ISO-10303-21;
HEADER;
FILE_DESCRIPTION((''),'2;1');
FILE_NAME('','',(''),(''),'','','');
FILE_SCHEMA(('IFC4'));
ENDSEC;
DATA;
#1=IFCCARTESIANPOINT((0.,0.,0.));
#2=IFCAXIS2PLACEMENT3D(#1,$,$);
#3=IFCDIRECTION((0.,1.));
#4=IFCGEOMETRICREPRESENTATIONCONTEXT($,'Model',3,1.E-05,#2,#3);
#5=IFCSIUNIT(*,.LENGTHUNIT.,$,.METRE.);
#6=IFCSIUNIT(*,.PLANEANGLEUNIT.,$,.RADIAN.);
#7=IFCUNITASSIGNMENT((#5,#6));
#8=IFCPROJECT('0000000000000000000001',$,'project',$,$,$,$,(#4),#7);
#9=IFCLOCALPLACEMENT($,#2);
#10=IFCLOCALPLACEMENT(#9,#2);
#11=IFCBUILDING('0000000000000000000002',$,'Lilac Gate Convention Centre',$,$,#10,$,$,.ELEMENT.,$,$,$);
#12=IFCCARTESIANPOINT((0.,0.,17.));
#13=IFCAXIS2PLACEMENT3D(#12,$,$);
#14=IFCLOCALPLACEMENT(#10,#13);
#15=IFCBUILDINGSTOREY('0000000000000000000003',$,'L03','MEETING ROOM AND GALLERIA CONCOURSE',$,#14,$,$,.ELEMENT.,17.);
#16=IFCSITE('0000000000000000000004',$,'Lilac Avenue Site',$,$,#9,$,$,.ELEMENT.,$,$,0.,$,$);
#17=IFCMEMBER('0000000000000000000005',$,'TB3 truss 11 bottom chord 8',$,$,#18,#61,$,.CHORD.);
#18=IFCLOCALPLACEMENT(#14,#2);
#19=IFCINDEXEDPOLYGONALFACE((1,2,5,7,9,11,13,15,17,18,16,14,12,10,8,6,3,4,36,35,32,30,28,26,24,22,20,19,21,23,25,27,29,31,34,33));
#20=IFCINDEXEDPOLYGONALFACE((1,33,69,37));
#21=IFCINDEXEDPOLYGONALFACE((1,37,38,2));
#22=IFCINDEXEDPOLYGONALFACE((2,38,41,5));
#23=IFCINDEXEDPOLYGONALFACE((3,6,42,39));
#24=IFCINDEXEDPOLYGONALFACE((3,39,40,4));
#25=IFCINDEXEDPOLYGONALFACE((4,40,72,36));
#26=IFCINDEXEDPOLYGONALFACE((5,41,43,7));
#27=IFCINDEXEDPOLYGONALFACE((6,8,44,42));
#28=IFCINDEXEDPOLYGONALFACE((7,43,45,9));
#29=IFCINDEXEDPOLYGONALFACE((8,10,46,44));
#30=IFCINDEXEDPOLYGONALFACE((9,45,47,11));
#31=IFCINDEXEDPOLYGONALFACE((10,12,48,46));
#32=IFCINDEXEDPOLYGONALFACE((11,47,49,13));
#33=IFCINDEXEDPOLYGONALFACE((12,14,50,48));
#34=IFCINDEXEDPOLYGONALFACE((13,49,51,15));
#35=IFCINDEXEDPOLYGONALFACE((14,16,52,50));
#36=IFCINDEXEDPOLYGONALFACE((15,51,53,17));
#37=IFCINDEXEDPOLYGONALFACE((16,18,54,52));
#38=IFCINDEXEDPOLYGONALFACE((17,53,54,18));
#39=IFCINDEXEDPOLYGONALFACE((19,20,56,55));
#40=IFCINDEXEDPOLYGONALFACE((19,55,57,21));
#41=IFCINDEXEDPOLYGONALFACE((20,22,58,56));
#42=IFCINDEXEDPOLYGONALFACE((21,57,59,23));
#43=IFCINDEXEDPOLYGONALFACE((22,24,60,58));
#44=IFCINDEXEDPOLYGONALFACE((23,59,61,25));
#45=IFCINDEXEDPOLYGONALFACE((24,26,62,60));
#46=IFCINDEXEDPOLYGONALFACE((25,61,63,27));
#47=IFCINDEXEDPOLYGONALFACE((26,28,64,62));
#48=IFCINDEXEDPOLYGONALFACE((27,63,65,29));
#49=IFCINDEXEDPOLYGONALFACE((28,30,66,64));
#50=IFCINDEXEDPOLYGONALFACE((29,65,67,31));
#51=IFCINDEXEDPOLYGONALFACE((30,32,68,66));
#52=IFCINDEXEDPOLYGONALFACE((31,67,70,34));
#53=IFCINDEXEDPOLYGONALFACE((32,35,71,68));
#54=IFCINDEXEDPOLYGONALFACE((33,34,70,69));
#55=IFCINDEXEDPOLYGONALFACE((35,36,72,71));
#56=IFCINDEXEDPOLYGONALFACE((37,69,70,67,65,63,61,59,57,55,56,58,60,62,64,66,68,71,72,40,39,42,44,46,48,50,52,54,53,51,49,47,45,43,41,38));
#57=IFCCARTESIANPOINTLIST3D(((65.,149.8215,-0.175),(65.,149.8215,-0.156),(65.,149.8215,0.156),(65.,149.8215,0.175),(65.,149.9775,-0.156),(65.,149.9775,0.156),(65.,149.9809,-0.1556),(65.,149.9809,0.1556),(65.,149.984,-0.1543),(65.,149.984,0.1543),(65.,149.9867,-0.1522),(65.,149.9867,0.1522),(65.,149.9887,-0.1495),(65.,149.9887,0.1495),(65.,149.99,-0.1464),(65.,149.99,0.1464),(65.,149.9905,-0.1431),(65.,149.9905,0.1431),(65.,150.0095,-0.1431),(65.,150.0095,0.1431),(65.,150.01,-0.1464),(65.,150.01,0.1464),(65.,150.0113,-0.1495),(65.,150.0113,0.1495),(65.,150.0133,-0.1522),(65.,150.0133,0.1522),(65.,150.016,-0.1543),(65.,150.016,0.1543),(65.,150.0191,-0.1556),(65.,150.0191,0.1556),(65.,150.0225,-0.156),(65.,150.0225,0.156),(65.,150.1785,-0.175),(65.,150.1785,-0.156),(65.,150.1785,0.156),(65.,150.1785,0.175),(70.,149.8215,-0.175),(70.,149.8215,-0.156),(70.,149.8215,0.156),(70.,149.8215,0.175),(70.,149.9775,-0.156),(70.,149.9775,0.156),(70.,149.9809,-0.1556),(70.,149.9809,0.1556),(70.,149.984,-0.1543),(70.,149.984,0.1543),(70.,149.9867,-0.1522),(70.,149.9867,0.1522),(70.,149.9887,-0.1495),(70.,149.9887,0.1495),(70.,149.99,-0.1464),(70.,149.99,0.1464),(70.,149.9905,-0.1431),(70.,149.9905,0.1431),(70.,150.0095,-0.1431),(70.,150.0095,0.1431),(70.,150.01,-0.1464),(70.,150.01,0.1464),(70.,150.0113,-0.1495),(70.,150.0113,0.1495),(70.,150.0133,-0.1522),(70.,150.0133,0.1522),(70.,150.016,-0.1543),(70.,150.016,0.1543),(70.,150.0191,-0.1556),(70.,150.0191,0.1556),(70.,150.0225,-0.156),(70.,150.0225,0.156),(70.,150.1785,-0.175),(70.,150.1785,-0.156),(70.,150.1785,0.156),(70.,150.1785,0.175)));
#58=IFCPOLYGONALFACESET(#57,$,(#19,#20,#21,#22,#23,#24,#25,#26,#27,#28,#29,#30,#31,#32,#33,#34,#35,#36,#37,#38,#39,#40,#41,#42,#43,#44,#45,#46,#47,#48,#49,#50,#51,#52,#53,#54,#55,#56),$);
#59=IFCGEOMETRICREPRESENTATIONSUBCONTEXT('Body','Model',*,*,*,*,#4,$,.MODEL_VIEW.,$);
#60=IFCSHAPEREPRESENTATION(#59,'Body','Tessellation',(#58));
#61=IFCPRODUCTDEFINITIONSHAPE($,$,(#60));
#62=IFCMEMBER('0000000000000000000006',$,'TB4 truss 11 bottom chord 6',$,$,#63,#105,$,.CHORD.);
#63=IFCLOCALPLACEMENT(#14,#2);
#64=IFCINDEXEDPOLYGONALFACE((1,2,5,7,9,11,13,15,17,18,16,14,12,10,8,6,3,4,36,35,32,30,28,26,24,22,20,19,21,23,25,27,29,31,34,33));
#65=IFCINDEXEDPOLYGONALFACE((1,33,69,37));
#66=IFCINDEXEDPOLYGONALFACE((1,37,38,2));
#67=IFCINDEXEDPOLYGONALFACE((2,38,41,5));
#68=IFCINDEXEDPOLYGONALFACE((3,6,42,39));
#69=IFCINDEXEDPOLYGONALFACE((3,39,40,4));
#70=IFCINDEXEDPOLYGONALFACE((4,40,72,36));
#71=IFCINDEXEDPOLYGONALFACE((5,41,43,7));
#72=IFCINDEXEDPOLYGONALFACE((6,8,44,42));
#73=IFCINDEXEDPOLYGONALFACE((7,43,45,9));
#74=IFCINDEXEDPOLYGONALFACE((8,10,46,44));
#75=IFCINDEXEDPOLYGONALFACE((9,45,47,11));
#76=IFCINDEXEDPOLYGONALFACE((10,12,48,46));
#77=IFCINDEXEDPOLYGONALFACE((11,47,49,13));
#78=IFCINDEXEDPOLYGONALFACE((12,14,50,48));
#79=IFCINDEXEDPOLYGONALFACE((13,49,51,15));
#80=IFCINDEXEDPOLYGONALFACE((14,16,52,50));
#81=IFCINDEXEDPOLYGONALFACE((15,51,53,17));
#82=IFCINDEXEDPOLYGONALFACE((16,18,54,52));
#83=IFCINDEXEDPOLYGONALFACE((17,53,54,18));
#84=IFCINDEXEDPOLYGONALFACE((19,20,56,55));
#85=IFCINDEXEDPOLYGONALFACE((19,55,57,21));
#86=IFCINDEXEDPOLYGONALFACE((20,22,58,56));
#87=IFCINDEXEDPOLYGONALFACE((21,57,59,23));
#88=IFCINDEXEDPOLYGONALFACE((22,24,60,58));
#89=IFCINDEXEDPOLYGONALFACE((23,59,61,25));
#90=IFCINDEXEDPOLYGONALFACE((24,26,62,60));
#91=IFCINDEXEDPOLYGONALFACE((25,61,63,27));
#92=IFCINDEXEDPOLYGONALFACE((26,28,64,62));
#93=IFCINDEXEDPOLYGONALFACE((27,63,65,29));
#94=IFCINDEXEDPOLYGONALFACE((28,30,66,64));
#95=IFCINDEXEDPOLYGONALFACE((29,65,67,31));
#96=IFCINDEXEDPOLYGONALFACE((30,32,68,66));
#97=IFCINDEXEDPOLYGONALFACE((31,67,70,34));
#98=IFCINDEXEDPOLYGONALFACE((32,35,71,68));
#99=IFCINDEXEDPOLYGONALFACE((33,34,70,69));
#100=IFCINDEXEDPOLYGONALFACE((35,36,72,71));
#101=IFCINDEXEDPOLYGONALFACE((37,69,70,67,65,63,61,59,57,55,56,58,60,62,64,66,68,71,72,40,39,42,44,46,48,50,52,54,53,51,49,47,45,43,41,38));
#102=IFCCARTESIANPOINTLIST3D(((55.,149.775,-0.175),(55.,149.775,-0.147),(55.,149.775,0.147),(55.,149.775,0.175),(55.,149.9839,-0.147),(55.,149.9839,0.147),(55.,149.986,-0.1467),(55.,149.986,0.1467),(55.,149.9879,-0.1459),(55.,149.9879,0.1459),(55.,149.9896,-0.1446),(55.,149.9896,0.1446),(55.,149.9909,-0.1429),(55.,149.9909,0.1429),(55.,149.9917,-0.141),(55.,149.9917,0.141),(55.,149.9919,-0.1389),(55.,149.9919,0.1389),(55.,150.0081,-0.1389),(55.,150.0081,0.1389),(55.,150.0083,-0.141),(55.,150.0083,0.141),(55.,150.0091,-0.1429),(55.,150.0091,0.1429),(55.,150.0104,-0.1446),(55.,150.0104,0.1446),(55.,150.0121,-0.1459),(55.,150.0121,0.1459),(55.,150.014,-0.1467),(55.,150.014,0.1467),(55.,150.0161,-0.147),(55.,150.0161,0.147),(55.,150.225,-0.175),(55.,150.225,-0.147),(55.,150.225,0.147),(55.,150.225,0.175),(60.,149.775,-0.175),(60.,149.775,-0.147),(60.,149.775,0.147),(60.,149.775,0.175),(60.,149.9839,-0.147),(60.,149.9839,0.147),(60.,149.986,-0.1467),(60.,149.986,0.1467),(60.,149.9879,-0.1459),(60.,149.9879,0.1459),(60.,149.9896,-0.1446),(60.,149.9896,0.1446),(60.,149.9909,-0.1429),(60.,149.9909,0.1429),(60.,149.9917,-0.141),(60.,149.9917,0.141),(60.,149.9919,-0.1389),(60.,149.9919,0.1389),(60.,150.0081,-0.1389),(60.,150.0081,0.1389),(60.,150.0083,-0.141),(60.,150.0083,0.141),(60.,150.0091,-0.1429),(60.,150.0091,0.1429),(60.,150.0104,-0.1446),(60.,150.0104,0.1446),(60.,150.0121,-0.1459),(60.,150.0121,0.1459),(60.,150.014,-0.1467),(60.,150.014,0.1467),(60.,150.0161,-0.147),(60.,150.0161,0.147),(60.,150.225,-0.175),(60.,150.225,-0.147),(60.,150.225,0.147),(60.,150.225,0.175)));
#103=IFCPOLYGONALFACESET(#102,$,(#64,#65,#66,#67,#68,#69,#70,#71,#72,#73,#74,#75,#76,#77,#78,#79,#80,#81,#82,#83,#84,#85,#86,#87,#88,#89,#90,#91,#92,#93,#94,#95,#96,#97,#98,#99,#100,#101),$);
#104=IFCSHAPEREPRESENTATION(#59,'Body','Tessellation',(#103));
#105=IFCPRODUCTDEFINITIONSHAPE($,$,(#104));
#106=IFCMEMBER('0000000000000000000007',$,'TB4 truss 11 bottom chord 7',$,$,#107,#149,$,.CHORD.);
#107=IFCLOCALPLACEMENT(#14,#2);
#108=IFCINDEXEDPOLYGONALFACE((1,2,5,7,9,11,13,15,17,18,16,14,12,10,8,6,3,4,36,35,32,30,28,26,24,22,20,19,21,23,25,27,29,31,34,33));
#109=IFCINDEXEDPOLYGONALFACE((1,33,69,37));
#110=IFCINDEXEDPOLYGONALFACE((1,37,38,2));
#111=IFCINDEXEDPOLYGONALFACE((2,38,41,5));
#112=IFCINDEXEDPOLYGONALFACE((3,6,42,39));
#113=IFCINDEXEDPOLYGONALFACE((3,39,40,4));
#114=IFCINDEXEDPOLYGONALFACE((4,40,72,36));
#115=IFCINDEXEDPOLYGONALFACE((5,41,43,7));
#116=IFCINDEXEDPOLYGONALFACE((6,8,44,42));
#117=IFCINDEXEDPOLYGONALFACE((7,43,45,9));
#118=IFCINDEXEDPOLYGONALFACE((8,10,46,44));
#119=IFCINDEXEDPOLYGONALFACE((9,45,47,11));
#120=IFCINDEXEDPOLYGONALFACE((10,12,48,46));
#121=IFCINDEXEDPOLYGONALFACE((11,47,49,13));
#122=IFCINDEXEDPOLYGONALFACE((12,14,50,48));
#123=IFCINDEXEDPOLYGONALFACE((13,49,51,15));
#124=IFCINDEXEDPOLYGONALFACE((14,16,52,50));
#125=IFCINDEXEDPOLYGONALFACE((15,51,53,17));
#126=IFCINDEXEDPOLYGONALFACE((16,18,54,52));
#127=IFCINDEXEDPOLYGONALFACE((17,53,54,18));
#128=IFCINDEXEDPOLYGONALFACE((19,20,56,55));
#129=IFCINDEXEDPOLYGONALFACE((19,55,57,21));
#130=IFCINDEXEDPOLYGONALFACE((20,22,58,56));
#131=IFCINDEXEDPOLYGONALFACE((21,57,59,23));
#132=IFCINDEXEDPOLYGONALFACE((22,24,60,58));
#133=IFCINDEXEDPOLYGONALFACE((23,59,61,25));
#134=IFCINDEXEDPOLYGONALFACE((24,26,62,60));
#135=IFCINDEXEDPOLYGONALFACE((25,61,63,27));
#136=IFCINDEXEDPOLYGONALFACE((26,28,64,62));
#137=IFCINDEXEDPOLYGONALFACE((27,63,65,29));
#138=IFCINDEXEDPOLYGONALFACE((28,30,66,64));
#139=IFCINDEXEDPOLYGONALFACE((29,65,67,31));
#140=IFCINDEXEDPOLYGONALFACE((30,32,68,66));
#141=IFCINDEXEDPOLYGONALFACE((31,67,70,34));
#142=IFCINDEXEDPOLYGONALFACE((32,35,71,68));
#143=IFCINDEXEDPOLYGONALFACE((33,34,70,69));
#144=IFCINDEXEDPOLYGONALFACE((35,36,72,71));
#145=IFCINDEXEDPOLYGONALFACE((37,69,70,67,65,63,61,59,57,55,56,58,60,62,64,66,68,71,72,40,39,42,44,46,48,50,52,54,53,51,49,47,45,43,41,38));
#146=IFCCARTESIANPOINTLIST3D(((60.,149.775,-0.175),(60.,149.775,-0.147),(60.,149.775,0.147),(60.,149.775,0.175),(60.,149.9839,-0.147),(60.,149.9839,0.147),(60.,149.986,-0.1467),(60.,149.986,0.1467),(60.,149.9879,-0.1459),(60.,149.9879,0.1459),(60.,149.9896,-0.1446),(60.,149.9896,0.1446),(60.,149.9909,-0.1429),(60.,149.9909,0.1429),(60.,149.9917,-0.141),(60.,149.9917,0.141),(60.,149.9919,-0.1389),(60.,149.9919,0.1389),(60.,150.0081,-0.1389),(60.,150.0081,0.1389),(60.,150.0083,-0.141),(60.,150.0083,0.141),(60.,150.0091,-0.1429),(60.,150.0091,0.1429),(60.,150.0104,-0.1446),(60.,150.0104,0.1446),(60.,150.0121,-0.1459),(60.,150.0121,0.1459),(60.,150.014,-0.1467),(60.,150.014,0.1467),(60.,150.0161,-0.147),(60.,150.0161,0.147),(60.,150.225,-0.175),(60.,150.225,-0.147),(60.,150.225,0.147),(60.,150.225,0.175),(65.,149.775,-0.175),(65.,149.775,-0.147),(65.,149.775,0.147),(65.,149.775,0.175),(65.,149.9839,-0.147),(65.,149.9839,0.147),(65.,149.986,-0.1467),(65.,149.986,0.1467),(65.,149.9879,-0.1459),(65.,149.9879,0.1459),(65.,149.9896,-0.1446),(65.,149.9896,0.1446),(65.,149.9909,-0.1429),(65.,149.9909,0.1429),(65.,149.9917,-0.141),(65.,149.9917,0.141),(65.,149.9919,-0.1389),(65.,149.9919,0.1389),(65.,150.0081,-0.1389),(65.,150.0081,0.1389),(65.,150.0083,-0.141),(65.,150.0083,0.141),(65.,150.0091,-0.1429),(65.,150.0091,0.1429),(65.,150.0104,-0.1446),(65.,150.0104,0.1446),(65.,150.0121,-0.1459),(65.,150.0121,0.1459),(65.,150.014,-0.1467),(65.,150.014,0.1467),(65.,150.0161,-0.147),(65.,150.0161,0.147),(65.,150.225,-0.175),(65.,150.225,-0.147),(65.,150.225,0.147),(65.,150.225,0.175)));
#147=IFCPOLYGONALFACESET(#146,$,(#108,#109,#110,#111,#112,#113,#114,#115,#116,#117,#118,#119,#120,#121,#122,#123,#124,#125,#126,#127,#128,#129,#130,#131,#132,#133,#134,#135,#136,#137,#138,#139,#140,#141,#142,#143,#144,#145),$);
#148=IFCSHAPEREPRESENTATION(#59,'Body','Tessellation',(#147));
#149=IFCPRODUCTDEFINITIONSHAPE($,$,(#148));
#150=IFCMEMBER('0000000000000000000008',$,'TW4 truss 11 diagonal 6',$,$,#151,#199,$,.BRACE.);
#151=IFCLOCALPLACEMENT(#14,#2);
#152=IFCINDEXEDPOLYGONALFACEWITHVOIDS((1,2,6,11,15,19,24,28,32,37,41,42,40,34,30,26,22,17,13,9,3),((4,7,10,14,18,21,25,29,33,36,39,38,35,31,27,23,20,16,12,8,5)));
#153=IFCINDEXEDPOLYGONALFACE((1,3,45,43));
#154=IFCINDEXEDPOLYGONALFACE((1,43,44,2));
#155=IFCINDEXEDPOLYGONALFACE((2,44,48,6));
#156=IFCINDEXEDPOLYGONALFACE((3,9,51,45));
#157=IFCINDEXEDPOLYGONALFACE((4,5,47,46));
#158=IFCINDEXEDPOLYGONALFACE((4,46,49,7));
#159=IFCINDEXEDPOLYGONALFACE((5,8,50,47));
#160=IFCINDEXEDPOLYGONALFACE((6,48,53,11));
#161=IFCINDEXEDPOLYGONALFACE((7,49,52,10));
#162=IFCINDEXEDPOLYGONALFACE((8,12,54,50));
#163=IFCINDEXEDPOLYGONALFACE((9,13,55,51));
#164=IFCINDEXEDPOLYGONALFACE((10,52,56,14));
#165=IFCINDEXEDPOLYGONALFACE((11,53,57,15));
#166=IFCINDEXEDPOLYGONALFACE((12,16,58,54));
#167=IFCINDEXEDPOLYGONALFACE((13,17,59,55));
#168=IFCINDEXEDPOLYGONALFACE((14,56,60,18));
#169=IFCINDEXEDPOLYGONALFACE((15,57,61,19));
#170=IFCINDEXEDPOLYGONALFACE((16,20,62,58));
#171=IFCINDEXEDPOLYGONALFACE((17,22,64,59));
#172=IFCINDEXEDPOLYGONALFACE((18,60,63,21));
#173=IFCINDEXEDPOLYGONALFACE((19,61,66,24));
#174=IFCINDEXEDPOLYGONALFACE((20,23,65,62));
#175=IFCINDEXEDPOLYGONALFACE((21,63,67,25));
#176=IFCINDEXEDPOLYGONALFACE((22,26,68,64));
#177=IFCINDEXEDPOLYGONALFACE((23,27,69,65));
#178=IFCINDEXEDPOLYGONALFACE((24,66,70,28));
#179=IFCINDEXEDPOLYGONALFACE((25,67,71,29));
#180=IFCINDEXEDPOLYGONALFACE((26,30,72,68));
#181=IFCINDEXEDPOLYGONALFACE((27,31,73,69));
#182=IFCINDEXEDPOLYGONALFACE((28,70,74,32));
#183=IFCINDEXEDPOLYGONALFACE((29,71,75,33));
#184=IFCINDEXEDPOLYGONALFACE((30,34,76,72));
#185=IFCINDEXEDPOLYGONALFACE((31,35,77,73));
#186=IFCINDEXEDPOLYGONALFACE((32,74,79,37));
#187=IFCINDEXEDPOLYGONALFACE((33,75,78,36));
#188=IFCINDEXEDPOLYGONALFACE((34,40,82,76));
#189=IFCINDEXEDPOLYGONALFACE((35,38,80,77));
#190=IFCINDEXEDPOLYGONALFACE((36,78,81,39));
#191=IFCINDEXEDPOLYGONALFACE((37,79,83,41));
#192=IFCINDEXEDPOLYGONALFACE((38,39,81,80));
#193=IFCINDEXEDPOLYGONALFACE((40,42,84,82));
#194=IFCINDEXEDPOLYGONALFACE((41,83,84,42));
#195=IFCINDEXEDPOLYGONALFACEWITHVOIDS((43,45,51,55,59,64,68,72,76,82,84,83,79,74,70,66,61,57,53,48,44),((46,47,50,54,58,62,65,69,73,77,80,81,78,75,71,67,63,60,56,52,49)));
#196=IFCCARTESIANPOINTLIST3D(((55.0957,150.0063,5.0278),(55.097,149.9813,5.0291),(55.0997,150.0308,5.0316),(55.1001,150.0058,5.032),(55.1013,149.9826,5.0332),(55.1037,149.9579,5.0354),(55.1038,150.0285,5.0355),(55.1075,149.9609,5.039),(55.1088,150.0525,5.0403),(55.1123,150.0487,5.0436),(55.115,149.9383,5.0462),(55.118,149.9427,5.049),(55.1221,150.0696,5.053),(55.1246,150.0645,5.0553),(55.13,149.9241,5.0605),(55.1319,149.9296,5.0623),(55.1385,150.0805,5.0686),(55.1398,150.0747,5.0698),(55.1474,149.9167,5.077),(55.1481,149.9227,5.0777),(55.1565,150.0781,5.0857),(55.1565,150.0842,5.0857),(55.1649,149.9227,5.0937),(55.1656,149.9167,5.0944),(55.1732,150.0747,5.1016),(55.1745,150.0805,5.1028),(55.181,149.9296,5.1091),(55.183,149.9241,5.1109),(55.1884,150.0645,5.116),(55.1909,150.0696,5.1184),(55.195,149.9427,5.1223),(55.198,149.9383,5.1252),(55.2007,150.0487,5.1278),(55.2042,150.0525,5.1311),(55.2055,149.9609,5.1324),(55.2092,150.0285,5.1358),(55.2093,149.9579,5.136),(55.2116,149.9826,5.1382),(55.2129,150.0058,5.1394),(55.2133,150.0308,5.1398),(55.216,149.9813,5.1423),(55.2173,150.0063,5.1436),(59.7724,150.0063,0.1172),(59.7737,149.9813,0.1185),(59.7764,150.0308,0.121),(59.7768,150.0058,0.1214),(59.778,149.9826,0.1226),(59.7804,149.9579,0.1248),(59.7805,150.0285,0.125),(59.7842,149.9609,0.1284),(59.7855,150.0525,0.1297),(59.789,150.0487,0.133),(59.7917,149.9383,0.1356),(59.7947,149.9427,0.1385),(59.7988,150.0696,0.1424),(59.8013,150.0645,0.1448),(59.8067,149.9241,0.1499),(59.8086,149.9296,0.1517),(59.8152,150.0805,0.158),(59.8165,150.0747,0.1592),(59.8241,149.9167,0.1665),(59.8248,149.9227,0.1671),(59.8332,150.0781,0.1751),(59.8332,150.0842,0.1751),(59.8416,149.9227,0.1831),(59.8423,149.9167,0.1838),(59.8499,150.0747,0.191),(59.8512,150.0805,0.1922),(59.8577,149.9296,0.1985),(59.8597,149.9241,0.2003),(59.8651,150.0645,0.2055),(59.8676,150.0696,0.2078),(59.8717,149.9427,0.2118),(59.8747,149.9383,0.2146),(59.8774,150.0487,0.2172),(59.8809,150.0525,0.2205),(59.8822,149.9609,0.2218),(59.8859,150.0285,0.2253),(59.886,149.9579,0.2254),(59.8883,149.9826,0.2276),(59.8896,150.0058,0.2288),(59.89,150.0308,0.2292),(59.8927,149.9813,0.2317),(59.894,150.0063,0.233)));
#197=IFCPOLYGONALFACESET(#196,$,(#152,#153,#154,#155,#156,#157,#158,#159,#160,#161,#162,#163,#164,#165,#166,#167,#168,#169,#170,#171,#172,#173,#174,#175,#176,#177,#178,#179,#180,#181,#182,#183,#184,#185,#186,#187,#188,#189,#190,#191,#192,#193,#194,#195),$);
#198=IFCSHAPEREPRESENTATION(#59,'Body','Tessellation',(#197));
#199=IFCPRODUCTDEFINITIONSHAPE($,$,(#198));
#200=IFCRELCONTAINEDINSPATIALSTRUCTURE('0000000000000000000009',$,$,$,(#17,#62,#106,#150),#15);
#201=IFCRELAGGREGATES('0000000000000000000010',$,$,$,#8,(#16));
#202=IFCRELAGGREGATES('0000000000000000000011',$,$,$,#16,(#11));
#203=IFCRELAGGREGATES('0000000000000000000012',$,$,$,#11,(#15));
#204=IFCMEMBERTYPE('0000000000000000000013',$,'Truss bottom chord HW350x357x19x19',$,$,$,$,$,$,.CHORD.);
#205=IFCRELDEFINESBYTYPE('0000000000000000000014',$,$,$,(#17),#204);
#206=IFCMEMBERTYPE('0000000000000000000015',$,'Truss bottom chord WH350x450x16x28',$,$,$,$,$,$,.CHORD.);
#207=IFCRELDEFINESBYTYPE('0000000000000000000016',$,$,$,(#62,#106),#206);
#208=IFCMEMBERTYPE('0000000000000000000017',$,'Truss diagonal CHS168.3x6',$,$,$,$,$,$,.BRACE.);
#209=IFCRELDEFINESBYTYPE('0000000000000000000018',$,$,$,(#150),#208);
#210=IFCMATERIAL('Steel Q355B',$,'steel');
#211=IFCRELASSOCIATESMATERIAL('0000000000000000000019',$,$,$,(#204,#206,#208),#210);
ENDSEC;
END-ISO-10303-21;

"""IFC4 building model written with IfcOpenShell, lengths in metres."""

from ifc_helpers import new_model, si_unit, direction, frame, origin, origin_2d, place, context, subcontext, project, spatial, hollow_circle, i_section, extrude, material, material_profile, profile_set, type_object, element, save


model = new_model("IFC4")

# Units and contexts
model_context = context("Model", 3, precision=1e-05, world=origin(), true_north=direction((0.0, 1.0)))
body_context = subcontext(model_context, "Body", "Model", "MODEL_VIEW")
ifc_project = project(units=[si_unit("LENGTHUNIT", "METRE"), si_unit("PLANEANGLEUNIT", "RADIAN")], contexts=[model_context])

# Site, building, storey
site_placement = place(None, origin())
site = spatial("IfcSite", under=ifc_project, at=site_placement, Name="Lilac Avenue Site", CompositionType="ELEMENT", RefElevation=0.0)
building_placement = place(site_placement, origin())
building = spatial("IfcBuilding", under=site, at=building_placement, Name="Lilac Gate Convention Centre", CompositionType="ELEMENT")
storey_placement = place(building_placement, frame((0.0, 0.0, 17.0)))
storey = spatial("IfcBuildingStorey", under=building, at=storey_placement, Name="L03", Description="MEETING ROOM AND GALLERIA CONCOURSE", CompositionType="ELEMENT", Elevation=17.0)

# Members
ifc_material = material(Name="Steel Q355B", Category="steel")
ifc_material_profile_1 = material_profile(ifc_material, i_section(OverallWidth=0.3569, OverallDepth=0.3501, WebThickness=0.019, FlangeThickness=0.019, FilletRadius=0.0129, at=origin_2d()), Name="HW350x357x19x19")
ifc_profile_set_1 = profile_set([ifc_material_profile_1], Name="Steel Q355B")
member_type_1 = type_object("IfcMemberType", Name="Truss bottom chord HW350x357x19x19", PredefinedType="CHORD", material=ifc_profile_set_1)
member_1_placement = place(storey_placement, frame((65.0, 150.0, 0.0), z_axis=(1.0, 0.0, 0.0), x_axis=(0.0, 1.0, 0.0)))
element("IfcMember", 1, at=member_1_placement, inside=storey, type_object=member_type_1, Name="TB3 truss 11 bottom chord 8", PredefinedType="CHORD", context=body_context, shape_type="SweptSolid", body=[
    extrude(i_section(OverallWidth=0.3569, OverallDepth=0.3501, WebThickness=0.019, FlangeThickness=0.019, FilletRadius=0.0129, at=origin_2d()), origin(), (0.0, 0.0, 1.0), 5.0),
])
ifc_material_profile_2 = material_profile(ifc_material, i_section(OverallWidth=0.45, OverallDepth=0.3501, WebThickness=0.0161, FlangeThickness=0.0281, FilletRadius=0.0081, at=origin_2d()), Name="WH350x450x16x28")
ifc_profile_set_2 = profile_set([ifc_material_profile_2], Name="Steel Q355B")
member_type_2 = type_object("IfcMemberType", Name="Truss bottom chord WH350x450x16x28", PredefinedType="CHORD", material=ifc_profile_set_2)
for number, where, z_axis, x_axis, name in (
    (2, (55.0, 150.0, 0.0), (1.0, 0.0, 0.0), (0.0, 1.0, 0.0), "TB4 truss 11 bottom chord 6"),
    (3, (60.0, 150.0, 0.0), (1.0, 0.0, 0.0), (0.0, 1.0, 0.0), "TB4 truss 11 bottom chord 7"),
):
    element("IfcMember", number, at=place(storey_placement, frame(where, z_axis=z_axis, x_axis=x_axis)), inside=storey, type_object=member_type_2, Name=name, PredefinedType="CHORD", context=body_context, shape_type="SweptSolid", body=[
        extrude(i_section(OverallWidth=0.45, OverallDepth=0.3501, WebThickness=0.0161, FlangeThickness=0.0281, FilletRadius=0.0081, at=origin_2d()), origin(), (0.0, 0.0, 1.0), 5.0),
    ])
ifc_material_profile_3 = material_profile(ifc_material, hollow_circle(Radius=0.0842, WallThickness=0.0061, at=origin_2d()), Name="CHS168.3x6")
ifc_profile_set_3 = profile_set([ifc_material_profile_3], Name="Steel Q355B")
member_type_3 = type_object("IfcMemberType", Name="Truss diagonal CHS168.3x6", PredefinedType="BRACE", material=ifc_profile_set_3)
member_2_placement = place(storey_placement, frame((55.1565, 150.0, 5.0857), z_axis=(0.689652, 0.0, -0.724141), x_axis=(0.0, 1.0, 0.0)))
element("IfcMember", 4, at=member_2_placement, inside=storey, type_object=member_type_3, Name="TW4 truss 11 diagonal 6", PredefinedType="BRACE", context=body_context, shape_type="SweptSolid", body=[
    extrude(hollow_circle(Radius=0.0842, WallThickness=0.0061, at=origin_2d()), origin(), (0.0, 0.0, 1.0), 6.7812),
])

save(model, "model.ifc")
